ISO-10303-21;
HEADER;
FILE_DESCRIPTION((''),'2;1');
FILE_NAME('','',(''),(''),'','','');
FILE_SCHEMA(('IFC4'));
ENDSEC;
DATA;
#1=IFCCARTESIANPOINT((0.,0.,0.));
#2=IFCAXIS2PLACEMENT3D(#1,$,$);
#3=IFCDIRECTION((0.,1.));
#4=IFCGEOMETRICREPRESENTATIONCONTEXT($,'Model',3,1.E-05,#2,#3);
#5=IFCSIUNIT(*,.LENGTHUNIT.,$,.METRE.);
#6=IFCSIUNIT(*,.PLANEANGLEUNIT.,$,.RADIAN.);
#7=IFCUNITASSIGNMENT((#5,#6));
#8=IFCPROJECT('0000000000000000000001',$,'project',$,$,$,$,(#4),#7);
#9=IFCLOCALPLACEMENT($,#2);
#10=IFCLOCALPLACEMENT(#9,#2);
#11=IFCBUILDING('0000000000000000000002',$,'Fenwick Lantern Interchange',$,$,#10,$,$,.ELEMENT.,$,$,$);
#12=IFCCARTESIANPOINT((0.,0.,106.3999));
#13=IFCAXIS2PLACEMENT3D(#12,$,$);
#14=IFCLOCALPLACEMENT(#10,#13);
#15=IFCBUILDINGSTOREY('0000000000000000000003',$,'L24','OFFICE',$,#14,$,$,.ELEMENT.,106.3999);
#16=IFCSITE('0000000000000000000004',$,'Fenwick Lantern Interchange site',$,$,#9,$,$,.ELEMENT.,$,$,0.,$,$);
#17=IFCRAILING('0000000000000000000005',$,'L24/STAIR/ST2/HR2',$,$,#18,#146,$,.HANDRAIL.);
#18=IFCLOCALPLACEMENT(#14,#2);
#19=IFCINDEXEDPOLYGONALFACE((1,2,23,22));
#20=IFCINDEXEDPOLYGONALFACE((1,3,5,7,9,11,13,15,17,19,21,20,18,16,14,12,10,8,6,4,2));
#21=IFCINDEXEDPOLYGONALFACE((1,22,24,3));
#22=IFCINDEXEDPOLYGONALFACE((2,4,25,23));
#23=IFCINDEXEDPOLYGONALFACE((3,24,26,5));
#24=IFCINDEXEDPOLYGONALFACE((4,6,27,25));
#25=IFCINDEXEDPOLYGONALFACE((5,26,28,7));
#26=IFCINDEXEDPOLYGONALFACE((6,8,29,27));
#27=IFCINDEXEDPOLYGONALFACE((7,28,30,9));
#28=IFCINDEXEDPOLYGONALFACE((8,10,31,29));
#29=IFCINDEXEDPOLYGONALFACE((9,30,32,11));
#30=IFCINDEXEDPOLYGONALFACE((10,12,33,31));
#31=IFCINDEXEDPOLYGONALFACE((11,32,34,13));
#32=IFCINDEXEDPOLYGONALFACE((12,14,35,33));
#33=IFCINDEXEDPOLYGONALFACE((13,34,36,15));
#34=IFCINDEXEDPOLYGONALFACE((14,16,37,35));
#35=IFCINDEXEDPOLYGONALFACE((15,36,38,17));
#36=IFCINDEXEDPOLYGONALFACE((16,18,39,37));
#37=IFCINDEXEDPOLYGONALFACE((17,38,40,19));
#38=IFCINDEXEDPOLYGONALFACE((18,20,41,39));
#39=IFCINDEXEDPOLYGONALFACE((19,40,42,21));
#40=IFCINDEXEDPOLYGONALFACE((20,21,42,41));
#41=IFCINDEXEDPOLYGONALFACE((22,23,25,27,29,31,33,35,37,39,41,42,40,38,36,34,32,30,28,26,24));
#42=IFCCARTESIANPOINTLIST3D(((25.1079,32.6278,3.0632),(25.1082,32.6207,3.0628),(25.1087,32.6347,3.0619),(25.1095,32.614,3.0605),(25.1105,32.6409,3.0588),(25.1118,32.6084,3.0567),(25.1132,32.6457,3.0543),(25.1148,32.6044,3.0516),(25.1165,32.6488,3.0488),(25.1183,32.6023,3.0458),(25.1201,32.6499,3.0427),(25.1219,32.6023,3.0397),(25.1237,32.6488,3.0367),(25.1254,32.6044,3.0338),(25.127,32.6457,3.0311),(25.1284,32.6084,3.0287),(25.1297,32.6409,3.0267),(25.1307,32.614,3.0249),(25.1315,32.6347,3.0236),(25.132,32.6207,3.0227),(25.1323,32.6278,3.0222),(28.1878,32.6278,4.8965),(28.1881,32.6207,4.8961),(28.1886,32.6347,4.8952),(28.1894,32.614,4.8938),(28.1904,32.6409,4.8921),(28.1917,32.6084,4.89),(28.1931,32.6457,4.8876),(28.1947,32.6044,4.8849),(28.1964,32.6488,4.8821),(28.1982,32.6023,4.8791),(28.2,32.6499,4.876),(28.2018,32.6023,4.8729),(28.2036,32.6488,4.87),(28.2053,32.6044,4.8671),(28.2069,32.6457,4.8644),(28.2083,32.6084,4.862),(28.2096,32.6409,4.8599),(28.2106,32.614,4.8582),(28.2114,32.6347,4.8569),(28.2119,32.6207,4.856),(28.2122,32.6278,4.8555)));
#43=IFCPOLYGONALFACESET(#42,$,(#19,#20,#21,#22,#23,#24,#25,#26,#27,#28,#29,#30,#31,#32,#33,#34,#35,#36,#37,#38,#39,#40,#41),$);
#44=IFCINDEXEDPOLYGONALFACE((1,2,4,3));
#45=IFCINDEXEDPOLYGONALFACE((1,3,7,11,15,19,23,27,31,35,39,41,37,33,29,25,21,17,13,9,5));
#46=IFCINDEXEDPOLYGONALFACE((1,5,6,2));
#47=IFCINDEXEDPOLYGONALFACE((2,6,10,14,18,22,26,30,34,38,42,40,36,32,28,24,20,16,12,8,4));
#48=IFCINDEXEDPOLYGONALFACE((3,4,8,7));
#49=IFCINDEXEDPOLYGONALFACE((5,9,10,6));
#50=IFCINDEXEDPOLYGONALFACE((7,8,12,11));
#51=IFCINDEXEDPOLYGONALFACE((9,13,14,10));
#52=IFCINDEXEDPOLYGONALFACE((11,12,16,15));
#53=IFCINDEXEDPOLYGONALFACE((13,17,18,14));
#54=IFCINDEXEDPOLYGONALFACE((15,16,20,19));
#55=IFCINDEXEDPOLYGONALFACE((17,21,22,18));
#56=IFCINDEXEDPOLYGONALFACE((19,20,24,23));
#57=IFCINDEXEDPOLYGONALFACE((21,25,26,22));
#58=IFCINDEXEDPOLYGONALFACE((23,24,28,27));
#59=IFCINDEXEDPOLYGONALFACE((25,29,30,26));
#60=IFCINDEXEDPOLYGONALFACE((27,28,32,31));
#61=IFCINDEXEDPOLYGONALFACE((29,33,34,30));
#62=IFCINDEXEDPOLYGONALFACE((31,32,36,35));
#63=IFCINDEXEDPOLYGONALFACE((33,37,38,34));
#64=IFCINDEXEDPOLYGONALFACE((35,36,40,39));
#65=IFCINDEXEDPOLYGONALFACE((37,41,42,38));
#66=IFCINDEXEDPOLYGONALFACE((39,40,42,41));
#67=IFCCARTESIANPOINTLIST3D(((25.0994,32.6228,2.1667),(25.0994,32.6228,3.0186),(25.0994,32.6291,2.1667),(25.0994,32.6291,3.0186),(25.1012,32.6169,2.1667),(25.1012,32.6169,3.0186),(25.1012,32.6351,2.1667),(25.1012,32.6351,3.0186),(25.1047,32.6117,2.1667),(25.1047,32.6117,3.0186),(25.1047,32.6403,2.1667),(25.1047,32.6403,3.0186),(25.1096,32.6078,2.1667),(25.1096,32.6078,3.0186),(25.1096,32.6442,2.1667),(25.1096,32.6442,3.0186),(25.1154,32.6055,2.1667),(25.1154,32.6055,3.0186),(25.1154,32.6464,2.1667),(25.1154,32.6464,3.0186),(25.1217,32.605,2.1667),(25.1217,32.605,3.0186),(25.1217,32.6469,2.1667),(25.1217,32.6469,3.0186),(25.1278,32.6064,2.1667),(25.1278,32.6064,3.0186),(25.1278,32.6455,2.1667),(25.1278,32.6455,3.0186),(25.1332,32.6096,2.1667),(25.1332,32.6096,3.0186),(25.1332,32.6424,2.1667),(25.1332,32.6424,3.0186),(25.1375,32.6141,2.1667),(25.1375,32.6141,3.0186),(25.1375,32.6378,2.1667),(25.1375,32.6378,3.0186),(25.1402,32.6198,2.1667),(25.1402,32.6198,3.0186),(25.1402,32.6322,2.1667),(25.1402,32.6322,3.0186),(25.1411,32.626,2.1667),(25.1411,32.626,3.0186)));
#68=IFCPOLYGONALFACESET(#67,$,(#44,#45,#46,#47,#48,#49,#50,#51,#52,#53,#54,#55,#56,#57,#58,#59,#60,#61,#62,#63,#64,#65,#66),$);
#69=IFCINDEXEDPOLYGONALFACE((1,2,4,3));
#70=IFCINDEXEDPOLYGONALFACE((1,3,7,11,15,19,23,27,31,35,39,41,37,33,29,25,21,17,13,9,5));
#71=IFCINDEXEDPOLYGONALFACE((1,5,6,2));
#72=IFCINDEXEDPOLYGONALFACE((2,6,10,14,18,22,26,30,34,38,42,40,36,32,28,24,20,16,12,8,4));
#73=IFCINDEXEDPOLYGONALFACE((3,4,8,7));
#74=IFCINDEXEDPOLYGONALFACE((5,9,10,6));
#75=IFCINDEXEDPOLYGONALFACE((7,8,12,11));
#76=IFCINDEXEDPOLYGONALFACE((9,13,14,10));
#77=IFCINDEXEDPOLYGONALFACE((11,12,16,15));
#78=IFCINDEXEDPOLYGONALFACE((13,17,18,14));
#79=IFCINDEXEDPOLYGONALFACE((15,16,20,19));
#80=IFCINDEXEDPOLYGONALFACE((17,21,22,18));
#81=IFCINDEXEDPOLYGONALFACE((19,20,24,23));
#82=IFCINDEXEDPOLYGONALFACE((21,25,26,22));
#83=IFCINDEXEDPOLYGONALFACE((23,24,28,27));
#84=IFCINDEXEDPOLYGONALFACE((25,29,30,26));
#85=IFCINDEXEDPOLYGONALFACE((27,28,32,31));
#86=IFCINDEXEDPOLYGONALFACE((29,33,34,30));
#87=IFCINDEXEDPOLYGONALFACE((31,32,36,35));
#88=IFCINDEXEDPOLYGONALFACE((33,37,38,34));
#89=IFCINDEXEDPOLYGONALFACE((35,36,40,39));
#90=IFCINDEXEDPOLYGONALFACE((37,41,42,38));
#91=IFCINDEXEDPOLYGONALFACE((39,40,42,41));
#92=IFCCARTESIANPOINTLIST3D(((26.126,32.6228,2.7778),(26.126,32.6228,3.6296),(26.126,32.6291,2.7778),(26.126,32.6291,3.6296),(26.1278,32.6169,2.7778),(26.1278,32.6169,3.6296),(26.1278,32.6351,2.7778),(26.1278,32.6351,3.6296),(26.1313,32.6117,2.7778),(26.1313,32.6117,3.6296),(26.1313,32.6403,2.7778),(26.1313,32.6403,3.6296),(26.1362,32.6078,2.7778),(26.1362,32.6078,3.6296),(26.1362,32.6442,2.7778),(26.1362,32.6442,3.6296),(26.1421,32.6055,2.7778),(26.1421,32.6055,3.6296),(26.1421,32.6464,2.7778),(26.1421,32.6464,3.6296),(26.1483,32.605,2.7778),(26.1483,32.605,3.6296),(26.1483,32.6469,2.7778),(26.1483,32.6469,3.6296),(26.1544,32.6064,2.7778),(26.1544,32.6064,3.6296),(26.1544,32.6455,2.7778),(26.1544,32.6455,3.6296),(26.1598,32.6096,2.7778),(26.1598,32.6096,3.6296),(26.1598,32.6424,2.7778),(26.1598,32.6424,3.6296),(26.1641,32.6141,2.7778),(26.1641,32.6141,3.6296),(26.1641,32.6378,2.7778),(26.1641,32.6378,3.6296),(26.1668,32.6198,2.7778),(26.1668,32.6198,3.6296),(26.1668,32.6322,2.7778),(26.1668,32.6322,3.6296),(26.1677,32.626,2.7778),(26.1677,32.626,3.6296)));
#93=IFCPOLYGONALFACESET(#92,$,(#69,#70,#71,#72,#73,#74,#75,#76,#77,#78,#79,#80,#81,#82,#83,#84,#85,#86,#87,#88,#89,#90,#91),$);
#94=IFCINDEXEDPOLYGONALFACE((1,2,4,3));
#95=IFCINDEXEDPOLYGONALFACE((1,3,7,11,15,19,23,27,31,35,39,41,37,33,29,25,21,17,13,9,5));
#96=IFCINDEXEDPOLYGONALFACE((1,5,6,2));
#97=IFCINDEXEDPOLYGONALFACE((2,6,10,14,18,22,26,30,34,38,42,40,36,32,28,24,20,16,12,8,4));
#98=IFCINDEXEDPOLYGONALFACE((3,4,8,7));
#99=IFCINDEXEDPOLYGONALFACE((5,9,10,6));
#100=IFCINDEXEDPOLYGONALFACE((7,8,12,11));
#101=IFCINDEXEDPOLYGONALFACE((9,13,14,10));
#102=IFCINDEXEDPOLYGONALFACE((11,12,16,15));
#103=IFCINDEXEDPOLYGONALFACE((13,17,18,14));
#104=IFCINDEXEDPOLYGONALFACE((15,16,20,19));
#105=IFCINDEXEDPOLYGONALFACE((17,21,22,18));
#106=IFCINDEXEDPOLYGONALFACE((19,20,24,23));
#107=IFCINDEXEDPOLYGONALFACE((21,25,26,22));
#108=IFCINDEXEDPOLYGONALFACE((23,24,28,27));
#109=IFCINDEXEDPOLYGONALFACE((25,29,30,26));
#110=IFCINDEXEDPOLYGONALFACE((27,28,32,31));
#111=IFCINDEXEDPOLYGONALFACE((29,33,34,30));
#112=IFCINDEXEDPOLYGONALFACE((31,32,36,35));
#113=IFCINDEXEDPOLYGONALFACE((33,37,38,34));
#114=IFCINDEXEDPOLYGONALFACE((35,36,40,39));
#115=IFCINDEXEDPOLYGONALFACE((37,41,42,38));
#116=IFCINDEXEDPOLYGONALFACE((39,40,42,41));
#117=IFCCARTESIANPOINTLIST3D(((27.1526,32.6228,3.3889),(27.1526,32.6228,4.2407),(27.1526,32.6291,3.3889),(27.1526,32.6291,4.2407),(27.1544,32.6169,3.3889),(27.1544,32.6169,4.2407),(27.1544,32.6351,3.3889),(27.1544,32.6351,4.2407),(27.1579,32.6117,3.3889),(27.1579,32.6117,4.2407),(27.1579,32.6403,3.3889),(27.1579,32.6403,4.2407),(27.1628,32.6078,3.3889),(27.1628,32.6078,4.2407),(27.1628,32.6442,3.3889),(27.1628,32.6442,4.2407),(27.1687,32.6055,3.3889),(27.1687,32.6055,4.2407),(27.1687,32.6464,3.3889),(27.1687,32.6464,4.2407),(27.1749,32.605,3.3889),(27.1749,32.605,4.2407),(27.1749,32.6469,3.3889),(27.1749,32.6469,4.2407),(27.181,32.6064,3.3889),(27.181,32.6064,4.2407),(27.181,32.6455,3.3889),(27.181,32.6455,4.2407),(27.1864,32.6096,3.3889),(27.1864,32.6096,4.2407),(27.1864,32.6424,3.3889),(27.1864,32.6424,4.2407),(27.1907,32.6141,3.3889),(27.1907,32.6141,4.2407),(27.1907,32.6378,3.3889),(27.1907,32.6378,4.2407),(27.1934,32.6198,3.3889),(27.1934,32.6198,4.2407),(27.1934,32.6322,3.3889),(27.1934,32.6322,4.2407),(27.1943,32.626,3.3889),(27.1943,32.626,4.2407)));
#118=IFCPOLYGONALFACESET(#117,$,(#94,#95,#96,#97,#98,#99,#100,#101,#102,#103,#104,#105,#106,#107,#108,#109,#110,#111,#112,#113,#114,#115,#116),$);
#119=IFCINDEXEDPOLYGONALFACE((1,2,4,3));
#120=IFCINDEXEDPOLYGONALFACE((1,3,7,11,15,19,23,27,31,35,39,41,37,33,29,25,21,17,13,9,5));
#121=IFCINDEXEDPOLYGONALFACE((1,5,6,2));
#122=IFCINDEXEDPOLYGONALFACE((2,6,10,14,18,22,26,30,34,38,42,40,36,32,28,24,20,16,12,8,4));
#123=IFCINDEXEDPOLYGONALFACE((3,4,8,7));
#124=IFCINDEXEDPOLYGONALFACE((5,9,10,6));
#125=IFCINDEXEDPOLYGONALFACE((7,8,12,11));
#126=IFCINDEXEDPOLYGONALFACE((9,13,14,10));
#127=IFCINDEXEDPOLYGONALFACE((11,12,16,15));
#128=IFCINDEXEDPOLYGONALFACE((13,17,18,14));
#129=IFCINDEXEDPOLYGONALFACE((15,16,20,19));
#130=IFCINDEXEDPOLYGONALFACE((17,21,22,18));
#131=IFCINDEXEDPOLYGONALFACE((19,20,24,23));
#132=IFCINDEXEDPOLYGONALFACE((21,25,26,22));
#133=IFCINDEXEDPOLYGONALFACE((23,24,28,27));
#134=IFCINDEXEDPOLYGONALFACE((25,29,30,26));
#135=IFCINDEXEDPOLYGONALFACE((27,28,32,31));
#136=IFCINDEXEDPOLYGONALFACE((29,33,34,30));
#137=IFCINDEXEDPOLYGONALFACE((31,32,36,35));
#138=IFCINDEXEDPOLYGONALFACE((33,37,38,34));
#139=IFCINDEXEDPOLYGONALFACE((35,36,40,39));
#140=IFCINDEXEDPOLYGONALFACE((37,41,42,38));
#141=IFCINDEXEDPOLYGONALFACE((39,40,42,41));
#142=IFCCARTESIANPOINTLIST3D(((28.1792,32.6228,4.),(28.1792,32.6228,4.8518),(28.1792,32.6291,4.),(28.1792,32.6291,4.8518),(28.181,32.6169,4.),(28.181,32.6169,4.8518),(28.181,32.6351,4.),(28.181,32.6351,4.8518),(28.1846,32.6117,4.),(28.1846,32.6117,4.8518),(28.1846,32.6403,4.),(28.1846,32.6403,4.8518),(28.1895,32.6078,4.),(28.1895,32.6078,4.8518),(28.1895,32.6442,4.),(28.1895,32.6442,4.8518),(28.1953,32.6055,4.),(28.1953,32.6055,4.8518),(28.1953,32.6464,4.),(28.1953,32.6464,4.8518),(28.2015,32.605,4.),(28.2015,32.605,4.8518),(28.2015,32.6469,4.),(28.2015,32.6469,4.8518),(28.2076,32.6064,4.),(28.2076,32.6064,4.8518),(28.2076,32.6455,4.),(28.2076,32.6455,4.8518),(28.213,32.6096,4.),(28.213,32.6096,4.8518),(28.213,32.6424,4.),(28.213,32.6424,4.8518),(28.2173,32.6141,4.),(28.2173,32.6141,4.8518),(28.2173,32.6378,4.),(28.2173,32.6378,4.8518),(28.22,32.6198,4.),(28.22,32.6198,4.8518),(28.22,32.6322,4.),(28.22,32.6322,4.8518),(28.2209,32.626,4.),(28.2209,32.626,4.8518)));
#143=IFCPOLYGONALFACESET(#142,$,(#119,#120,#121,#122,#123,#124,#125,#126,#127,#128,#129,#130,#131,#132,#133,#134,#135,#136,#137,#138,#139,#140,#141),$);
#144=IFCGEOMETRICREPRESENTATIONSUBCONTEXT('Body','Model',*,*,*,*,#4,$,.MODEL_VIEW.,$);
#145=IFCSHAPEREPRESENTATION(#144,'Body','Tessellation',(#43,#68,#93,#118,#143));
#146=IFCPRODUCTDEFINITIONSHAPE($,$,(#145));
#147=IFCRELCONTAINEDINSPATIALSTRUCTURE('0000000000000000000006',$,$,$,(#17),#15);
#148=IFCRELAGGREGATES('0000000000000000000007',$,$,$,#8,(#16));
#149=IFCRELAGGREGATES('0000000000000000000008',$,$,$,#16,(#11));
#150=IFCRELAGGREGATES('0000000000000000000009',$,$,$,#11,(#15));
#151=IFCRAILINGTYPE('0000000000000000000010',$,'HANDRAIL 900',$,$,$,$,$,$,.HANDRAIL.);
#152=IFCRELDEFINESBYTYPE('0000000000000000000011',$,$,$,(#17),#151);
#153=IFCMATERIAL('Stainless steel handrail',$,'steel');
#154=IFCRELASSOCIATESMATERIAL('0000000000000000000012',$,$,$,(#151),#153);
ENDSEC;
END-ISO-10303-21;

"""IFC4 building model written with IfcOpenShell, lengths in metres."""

from ifc_helpers import new_model, si_unit, direction, frame, origin, origin_2d, place, context, subcontext, project, spatial, circle, extrude, material, type_object, element, save


model = new_model("IFC4")

# Units and contexts
model_context = context("Model", 3, precision=1e-05, world=origin(), true_north=direction((0.0, 1.0)))
body_context = subcontext(model_context, "Body", "Model", "MODEL_VIEW")
ifc_project = project(units=[si_unit("LENGTHUNIT", "METRE"), si_unit("PLANEANGLEUNIT", "RADIAN")], contexts=[model_context])

# Site, building, storey
site_placement = place(None, origin())
site = spatial("IfcSite", under=ifc_project, at=site_placement, Name="Fenwick Lantern Interchange site", CompositionType="ELEMENT", RefElevation=0.0)
building_placement = place(site_placement, origin())
building = spatial("IfcBuilding", under=site, at=building_placement, Name="Fenwick Lantern Interchange", CompositionType="ELEMENT")
storey_placement = place(building_placement, frame((0.0, 0.0, 106.3999)))
storey = spatial("IfcBuildingStorey", under=building, at=storey_placement, Name="L24", Description="OFFICE", CompositionType="ELEMENT", Elevation=106.3999)

# Railing
ifc_material_1 = material(Name="Stainless steel handrail", Category="steel")
railing_type = type_object("IfcRailingType", Name="HANDRAIL 900", PredefinedType="HANDRAIL", material=ifc_material_1)
railing_1_placement = place(storey_placement, frame((25.1201, 32.626, 2.1667)))
element("IfcRailing", 1, at=railing_1_placement, inside=storey, type_object=railing_type, Name="L24/STAIR/ST2/HR2", PredefinedType="HANDRAIL", context=body_context, shape_type="SweptSolid", body=[
    extrude(circle(Radius=0.0239, at=origin_2d()), frame((0.0, 0.0, 0.876), z_axis=(0.859291, 0.0, 0.511487), x_axis=(0.0, 1.0, 0.0)), (0.0, 0.0, 1.0), 3.5842),
    extrude(circle(Radius=0.021, at=origin_2d()), origin(), (0.0, 0.0, 1.0), 0.8518),
    extrude(circle(Radius=0.021, at=origin_2d()), frame((1.0266, 0.0, 0.6111)), (0.0, 0.0, 1.0), 0.8518),
    extrude(circle(Radius=0.021, at=origin_2d()), frame((2.0532, 0.0, 1.2222)), (0.0, 0.0, 1.0), 0.8518),
    extrude(circle(Radius=0.021, at=origin_2d()), frame((3.0798, 0.0, 1.8333)), (0.0, 0.0, 1.0), 0.8518),
])

save(model, "model.ifc")
